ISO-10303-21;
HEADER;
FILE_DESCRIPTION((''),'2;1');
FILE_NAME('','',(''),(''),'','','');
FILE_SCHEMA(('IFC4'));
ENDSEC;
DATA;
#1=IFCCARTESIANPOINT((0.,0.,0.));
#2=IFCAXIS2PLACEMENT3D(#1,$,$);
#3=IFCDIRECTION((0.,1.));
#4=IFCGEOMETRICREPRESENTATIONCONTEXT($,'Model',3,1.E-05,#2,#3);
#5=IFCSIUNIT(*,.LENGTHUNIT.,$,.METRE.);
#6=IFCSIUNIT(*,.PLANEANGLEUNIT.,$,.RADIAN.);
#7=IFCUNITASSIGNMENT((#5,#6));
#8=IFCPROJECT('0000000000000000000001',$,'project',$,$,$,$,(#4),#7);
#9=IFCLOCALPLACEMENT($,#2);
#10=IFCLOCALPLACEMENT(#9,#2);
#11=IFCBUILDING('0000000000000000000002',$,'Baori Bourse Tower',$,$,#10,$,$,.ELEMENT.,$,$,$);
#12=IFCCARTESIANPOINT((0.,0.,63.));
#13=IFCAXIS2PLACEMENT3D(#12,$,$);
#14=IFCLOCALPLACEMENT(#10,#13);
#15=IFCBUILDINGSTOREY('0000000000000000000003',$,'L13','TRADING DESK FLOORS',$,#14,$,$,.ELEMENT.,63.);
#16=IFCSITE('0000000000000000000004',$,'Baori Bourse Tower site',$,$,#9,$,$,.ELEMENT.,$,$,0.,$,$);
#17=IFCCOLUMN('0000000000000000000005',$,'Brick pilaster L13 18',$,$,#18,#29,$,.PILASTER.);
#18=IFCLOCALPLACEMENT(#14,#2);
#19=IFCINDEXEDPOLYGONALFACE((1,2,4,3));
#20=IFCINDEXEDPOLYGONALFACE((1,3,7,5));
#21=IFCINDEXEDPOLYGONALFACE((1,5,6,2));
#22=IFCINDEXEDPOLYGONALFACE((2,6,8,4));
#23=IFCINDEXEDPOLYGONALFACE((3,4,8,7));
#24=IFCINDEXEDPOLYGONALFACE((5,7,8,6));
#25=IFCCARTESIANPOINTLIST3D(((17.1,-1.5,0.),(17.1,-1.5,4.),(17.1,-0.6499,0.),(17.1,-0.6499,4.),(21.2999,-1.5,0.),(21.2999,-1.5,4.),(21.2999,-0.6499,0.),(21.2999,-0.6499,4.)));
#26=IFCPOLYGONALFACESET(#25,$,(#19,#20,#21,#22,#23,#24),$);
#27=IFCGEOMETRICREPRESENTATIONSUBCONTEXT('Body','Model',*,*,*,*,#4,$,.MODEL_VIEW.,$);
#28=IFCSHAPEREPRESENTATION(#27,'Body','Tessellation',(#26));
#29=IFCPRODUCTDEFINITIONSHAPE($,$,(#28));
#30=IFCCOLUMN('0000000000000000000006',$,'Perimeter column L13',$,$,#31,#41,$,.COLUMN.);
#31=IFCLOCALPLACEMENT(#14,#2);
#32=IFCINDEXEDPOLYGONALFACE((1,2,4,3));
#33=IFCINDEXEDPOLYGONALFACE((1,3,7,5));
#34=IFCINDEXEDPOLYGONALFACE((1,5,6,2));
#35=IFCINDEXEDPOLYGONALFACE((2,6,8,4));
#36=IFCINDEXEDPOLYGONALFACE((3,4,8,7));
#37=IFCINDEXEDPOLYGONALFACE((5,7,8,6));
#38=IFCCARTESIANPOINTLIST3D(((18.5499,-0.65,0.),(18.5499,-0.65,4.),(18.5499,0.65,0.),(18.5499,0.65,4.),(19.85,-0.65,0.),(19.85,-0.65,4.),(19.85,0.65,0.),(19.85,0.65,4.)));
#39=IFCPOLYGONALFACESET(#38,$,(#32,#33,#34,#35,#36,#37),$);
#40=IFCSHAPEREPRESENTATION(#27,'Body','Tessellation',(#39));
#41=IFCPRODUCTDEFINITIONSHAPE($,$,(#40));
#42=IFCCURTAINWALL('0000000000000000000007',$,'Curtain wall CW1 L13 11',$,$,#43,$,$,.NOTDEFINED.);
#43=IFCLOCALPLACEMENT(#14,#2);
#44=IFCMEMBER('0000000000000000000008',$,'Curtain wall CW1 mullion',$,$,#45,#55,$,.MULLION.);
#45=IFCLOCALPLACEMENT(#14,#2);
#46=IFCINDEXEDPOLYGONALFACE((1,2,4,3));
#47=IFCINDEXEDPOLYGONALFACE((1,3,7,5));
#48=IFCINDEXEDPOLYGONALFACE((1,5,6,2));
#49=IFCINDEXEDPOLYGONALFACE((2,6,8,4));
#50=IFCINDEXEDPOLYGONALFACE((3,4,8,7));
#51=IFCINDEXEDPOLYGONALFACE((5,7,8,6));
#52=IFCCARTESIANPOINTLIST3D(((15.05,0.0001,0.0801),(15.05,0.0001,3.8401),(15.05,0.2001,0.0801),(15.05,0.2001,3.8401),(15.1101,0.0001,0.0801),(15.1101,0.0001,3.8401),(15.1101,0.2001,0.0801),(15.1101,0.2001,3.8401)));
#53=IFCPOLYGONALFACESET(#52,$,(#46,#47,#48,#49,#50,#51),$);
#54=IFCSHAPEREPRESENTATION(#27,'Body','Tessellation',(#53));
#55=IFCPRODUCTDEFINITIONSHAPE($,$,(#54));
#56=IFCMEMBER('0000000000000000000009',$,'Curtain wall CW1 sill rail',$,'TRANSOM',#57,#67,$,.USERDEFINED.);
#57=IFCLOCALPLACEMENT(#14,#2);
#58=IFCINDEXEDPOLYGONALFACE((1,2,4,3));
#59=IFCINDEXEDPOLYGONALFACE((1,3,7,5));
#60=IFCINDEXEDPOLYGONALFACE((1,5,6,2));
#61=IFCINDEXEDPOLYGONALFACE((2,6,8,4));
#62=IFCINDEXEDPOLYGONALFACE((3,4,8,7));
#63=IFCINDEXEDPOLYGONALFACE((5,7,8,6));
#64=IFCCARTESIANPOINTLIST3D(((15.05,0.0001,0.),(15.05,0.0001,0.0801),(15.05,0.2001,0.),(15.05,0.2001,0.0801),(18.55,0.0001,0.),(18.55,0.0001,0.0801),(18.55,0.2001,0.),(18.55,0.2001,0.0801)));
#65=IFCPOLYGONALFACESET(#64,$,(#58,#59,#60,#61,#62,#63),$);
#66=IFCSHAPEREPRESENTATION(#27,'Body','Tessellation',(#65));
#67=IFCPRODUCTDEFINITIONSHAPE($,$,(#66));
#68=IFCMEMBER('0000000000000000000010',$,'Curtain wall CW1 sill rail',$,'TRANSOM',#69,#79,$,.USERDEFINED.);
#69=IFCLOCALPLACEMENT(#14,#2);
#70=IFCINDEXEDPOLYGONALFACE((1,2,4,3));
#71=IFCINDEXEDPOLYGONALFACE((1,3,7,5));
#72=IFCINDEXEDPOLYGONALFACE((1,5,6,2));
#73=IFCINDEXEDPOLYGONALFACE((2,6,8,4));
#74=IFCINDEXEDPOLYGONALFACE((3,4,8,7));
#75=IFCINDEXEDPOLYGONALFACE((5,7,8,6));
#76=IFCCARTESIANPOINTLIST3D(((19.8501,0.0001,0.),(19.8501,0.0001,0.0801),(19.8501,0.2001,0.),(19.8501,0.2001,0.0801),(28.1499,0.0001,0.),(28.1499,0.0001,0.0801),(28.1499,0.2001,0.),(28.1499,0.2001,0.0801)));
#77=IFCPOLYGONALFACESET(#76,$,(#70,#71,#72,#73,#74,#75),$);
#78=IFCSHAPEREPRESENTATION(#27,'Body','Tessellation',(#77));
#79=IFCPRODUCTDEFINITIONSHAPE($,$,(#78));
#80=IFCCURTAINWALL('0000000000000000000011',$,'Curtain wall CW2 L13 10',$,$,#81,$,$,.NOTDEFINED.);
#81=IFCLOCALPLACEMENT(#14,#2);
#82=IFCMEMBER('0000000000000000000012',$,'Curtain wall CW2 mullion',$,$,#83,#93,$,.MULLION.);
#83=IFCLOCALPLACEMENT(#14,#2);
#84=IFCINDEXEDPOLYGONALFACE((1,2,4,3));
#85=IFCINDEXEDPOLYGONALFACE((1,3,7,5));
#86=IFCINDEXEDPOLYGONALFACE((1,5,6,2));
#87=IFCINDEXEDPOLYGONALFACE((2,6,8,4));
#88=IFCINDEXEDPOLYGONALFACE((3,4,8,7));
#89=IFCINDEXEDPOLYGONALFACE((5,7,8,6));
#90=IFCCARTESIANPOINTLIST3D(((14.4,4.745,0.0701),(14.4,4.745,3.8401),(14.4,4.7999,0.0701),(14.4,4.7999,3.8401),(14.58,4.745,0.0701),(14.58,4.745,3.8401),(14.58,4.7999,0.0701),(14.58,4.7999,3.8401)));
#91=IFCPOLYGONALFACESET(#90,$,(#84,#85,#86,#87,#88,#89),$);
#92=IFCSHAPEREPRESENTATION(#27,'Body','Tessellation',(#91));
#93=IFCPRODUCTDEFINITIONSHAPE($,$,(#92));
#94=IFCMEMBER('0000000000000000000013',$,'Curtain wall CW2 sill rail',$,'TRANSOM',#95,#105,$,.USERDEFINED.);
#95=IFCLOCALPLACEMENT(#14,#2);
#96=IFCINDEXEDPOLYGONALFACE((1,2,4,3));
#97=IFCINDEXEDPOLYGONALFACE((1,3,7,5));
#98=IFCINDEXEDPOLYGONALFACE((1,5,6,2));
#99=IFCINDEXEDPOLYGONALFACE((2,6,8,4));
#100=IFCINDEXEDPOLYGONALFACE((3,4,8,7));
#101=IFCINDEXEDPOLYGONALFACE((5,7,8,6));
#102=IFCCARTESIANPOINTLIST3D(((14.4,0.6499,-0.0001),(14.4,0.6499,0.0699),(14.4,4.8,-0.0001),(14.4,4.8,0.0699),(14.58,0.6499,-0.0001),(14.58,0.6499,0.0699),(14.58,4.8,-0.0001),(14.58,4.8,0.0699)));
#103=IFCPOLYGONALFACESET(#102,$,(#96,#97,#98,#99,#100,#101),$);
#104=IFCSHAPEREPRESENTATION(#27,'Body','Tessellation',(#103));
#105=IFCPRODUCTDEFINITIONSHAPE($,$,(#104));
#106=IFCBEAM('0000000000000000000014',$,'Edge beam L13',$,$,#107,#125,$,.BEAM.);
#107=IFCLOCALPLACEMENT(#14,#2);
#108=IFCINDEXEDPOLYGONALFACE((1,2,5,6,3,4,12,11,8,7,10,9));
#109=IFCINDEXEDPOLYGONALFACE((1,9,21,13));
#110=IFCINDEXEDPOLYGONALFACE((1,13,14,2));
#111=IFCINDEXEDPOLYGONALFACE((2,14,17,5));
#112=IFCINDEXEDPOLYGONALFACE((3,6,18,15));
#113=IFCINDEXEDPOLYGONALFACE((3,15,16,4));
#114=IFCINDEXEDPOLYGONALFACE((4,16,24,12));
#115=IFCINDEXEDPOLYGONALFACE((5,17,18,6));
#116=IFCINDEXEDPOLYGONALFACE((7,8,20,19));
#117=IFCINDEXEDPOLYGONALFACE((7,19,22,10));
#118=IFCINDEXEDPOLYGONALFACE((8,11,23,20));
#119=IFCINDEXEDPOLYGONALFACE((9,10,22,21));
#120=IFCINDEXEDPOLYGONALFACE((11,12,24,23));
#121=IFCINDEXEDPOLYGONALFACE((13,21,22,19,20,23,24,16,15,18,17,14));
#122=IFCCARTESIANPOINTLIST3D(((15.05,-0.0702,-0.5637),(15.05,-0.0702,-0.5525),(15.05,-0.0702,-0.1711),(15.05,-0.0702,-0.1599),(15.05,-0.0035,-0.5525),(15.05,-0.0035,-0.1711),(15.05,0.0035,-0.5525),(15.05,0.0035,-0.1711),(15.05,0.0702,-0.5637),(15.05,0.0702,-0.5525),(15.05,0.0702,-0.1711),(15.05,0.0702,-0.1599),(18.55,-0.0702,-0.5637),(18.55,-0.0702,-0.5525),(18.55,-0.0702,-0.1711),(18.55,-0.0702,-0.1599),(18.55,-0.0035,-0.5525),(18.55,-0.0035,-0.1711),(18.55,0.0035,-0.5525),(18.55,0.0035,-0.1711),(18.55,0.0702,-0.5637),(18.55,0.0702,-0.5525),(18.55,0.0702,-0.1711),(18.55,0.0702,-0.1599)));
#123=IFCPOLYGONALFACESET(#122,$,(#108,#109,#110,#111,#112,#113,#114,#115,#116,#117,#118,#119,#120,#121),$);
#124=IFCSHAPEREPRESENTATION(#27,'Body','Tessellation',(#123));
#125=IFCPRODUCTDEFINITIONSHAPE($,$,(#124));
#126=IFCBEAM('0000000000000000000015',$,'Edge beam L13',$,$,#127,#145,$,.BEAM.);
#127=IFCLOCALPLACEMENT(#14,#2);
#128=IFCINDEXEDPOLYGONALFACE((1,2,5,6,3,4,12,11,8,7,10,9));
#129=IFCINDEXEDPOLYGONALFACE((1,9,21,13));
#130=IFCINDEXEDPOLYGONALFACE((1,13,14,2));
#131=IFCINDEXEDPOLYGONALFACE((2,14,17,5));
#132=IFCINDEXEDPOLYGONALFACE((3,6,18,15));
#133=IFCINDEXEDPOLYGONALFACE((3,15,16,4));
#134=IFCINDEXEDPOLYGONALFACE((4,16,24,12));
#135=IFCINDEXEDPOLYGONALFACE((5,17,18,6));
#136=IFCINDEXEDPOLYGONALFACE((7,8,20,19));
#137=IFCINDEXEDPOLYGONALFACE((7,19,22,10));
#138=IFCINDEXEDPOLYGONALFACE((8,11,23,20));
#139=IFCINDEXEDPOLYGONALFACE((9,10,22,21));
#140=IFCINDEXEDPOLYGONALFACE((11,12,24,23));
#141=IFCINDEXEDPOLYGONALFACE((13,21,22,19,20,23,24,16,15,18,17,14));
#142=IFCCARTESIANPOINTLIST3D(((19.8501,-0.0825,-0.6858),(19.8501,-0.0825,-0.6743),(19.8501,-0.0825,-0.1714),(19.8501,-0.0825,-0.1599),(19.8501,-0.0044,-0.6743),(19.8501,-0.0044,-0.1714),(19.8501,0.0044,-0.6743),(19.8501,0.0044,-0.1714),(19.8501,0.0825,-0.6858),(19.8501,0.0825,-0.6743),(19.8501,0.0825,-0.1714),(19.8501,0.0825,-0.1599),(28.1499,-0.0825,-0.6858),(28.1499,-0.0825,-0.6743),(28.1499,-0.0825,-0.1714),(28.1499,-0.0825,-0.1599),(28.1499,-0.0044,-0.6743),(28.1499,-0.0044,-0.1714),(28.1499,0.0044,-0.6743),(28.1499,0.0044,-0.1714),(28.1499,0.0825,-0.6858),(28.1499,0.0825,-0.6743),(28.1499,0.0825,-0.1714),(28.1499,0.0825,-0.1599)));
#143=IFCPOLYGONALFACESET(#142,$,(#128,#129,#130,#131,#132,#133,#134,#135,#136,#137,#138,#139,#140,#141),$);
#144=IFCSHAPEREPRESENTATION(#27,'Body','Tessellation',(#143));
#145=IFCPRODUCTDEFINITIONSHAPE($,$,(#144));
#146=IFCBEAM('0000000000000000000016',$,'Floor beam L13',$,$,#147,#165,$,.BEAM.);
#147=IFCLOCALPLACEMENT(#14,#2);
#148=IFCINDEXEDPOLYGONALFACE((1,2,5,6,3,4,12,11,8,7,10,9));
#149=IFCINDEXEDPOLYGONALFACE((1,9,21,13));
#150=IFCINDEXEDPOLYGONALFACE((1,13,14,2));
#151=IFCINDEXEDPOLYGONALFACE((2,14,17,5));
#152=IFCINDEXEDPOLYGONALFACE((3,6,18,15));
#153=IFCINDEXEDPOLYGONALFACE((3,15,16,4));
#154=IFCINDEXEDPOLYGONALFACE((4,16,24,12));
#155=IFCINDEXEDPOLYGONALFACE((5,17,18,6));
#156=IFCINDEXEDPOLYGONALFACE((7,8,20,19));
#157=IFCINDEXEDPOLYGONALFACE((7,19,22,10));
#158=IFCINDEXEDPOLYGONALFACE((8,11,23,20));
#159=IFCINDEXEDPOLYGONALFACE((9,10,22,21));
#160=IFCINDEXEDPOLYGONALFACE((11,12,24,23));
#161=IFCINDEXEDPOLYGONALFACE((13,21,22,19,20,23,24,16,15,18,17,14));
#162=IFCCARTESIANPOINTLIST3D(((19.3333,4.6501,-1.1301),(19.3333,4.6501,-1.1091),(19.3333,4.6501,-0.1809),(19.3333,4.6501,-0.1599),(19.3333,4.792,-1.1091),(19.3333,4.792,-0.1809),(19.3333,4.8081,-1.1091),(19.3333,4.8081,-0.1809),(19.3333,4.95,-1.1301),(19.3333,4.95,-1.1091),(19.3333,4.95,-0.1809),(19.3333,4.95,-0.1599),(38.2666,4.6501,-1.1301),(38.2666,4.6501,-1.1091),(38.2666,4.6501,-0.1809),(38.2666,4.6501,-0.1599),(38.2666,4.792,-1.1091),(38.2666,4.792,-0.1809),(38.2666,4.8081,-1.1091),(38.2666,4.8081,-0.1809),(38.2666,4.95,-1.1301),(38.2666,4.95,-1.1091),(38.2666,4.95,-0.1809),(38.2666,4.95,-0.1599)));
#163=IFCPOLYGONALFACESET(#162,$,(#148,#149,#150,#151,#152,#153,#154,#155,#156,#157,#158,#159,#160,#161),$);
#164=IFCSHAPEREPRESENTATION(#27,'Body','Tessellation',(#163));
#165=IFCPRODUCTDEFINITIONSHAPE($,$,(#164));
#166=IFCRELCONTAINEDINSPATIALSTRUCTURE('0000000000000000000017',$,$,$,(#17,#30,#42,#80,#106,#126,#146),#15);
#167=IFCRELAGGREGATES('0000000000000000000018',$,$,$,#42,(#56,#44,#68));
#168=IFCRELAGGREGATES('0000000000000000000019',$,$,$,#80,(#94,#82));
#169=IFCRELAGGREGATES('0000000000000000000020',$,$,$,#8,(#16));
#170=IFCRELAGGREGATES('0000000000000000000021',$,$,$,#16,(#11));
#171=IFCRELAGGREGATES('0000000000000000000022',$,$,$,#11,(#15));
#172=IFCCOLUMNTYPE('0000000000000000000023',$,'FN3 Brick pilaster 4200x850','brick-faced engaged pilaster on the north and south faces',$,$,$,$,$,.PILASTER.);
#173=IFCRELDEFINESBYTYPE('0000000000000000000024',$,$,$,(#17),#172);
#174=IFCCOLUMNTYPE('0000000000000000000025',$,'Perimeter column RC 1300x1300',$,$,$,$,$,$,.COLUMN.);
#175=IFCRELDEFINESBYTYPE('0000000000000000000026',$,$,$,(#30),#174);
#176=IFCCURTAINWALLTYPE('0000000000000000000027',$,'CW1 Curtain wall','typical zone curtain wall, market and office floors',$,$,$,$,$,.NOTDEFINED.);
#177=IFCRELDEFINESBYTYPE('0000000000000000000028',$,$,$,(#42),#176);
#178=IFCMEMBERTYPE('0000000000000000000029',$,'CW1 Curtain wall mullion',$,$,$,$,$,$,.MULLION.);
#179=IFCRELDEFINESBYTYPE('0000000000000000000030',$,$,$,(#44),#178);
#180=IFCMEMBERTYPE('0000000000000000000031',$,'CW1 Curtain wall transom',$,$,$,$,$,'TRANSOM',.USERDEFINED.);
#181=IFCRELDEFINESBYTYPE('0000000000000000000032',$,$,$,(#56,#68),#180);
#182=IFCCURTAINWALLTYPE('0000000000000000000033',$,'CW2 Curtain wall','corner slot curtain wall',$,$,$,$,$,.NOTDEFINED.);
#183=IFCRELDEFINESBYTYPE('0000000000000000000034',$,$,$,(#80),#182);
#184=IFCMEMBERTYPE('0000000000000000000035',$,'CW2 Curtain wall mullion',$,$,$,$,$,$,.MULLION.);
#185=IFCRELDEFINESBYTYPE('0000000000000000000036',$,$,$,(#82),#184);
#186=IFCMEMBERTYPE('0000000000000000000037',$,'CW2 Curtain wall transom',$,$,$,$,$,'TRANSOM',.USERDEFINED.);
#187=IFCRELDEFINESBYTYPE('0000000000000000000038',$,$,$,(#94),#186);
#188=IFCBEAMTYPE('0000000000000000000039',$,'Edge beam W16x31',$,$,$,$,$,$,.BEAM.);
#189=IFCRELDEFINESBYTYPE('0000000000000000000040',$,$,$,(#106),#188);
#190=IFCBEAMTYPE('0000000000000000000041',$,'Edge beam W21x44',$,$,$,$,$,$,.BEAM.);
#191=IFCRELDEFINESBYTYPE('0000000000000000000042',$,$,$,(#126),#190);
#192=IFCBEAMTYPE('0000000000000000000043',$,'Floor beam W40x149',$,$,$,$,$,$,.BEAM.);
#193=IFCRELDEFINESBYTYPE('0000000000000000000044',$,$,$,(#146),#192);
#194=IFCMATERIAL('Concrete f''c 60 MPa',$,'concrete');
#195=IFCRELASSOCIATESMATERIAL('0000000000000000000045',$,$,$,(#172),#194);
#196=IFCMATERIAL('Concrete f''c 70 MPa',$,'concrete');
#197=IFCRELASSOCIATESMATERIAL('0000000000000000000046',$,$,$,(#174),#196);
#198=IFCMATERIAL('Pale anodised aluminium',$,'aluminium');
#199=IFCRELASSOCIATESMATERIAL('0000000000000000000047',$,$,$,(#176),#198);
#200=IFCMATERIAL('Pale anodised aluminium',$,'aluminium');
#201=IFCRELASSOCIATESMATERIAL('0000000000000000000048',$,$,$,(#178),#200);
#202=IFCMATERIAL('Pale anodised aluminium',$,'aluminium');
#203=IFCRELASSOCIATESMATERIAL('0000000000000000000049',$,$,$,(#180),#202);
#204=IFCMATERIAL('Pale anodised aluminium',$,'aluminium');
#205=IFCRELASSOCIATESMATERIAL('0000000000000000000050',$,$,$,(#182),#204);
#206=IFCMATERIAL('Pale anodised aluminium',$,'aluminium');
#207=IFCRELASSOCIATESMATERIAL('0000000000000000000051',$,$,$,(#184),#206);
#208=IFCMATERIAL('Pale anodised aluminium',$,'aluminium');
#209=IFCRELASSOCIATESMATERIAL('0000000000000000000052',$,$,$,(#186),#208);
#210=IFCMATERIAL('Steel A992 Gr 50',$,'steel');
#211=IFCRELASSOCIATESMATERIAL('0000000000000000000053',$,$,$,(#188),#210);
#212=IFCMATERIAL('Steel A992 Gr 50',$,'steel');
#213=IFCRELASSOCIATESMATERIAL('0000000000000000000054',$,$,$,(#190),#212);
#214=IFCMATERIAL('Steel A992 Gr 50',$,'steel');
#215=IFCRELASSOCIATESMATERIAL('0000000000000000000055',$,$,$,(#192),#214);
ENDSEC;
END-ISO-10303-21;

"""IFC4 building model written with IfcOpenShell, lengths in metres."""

from ifc_helpers import new_model, si_unit, direction, frame, origin, origin_2d, place, context, subcontext, project, spatial, rectangle, i_section, extrude, material, material_profile, profile_set, type_object, element, aggregate, save


model = new_model("IFC4")

# Units and contexts
model_context = context("Model", 3, precision=1e-05, world=origin(), true_north=direction((0.0, 1.0)))
body_context = subcontext(model_context, "Body", "Model", "MODEL_VIEW")
ifc_project = project(units=[si_unit("LENGTHUNIT", "METRE"), si_unit("PLANEANGLEUNIT", "RADIAN")], contexts=[model_context])

# Site, building, storey
site_placement = place(None, origin())
site = spatial("IfcSite", under=ifc_project, at=site_placement, Name="Baori Bourse Tower site", CompositionType="ELEMENT", RefElevation=0.0)
building_placement = place(site_placement, origin())
building = spatial("IfcBuilding", under=site, at=building_placement, Name="Baori Bourse Tower", CompositionType="ELEMENT")
storey_placement = place(building_placement, frame((0.0, 0.0, 63.0)))
storey = spatial("IfcBuildingStorey", under=building, at=storey_placement, Name="L13", Description="TRADING DESK FLOORS", CompositionType="ELEMENT", Elevation=63.0)

# Columns
ifc_material_1 = material(Name="Concrete f'c 60 MPa", Category="concrete")
ifc_material_profile_1 = material_profile(ifc_material_1, rectangle(XDim=4.2, YDim=0.8501, at=origin_2d()), Name="RC 4200x850")
ifc_profile_set_1 = profile_set([ifc_material_profile_1], Name="Concrete f'c 60 MPa")
column_type_1 = type_object("IfcColumnType", Name="FN3 Brick pilaster 4200x850", Description="brick-faced engaged pilaster on the north and south faces", PredefinedType="PILASTER", material=ifc_profile_set_1)
column_1_placement = place(storey_placement, frame((19.2, -1.075, 0.0), z_axis=(0.0, 0.0, 1.0), x_axis=(1.0, 0.0, 0.0)))
element("IfcColumn", 1, at=column_1_placement, inside=storey, type_object=column_type_1, Name="Brick pilaster L13 18", PredefinedType="PILASTER", context=body_context, shape_type="SweptSolid", body=[
    extrude(rectangle(XDim=4.2, YDim=0.8501, at=origin_2d()), origin(), (0.0, 0.0, 1.0), 4.0),
])
ifc_material_2 = material(Name="Concrete f'c 70 MPa", Category="concrete")
ifc_material_profile_2 = material_profile(ifc_material_2, rectangle(XDim=1.3, YDim=1.3, at=origin_2d()), Name="RC 1300x1300")
ifc_profile_set_2 = profile_set([ifc_material_profile_2], Name="Concrete f'c 70 MPa")
column_type_2 = type_object("IfcColumnType", Name="Perimeter column RC 1300x1300", PredefinedType="COLUMN", material=ifc_profile_set_2)
column_2_placement = place(storey_placement, frame((19.2, 0.0, 0.0), z_axis=(0.0, 0.0, 1.0), x_axis=(1.0, 0.0, 0.0)))
element("IfcColumn", 2, at=column_2_placement, inside=storey, type_object=column_type_2, Name="Perimeter column L13", PredefinedType="COLUMN", context=body_context, shape_type="SweptSolid", body=[
    extrude(rectangle(XDim=1.3, YDim=1.3, at=origin_2d()), origin(), (0.0, 0.0, 1.0), 4.0),
])

# Curtain walls, members
ifc_material_3 = material(Name="Pale anodised aluminium", Category="aluminium")
curtain_wall_type_1 = type_object("IfcCurtainWallType", Name="CW1 Curtain wall", Description="typical zone curtain wall, market and office floors", PredefinedType="NOTDEFINED", material=ifc_material_3)
curtain_wall_1_placement = place(storey_placement, origin())
curtain_wall_1 = element("IfcCurtainWall", 3, at=curtain_wall_1_placement, inside=storey, type_object=curtain_wall_type_1, Name="Curtain wall CW1 L13 11", PredefinedType="NOTDEFINED")
ifc_material_4 = material(Name="Pale anodised aluminium", Category="aluminium")
ifc_material_profile_3 = material_profile(ifc_material_4, rectangle(XDim=0.2, YDim=0.0601, at=origin_2d()), Name="Mullion 60x200")
ifc_profile_set_3 = profile_set([ifc_material_profile_3], Name="Pale anodised aluminium")
member_type_1 = type_object("IfcMemberType", Name="CW1 Curtain wall mullion", PredefinedType="MULLION", material=ifc_profile_set_3)
member_1_placement = place(storey_placement, frame((15.0801, 0.1001, 0.0801), z_axis=(0.0, 0.0, 1.0), x_axis=(0.0, 1.0, 0.0)))
member_1 = element("IfcMember", 4, at=member_1_placement, type_object=member_type_1, Name="Curtain wall CW1 mullion", PredefinedType="MULLION", context=body_context, shape_type="SweptSolid", body=[
    extrude(rectangle(XDim=0.2, YDim=0.0601, at=origin_2d()), origin(), (0.0, 0.0, 1.0), 3.76),
])
ifc_material_5 = material(Name="Pale anodised aluminium", Category="aluminium")
ifc_material_profile_4 = material_profile(ifc_material_5, rectangle(XDim=0.2, YDim=0.0801, at=origin_2d()), Name="Transom 80x200")
ifc_profile_set_4 = profile_set([ifc_material_profile_4], Name="Pale anodised aluminium")
member_type_2 = type_object("IfcMemberType", Name="CW1 Curtain wall transom", ElementType="TRANSOM", PredefinedType="USERDEFINED", material=ifc_profile_set_4)
member_2_placement = place(storey_placement, frame((15.05, 0.1001, 0.04), z_axis=(1.0, 0.0, 0.0), x_axis=(0.0, 1.0, 0.0)))
member_2 = element("IfcMember", 5, at=member_2_placement, type_object=member_type_2, Name="Curtain wall CW1 sill rail", ObjectType="TRANSOM", PredefinedType="USERDEFINED", context=body_context, shape_type="SweptSolid", body=[
    extrude(rectangle(XDim=0.2, YDim=0.0801, at=origin_2d()), origin(), (0.0, 0.0, 1.0), 3.5),
])
member_3_placement = place(storey_placement, frame((19.8501, 0.1001, 0.04), z_axis=(1.0, 0.0, 0.0), x_axis=(0.0, 1.0, 0.0)))
member_3 = element("IfcMember", 6, at=member_3_placement, type_object=member_type_2, Name="Curtain wall CW1 sill rail", ObjectType="TRANSOM", PredefinedType="USERDEFINED", context=body_context, shape_type="SweptSolid", body=[
    extrude(rectangle(XDim=0.2, YDim=0.0801, at=origin_2d()), origin(), (0.0, 0.0, 1.0), 8.2998),
])
ifc_material_6 = material(Name="Pale anodised aluminium", Category="aluminium")
curtain_wall_type_2 = type_object("IfcCurtainWallType", Name="CW2 Curtain wall", Description="corner slot curtain wall", PredefinedType="NOTDEFINED", material=ifc_material_6)
curtain_wall_2_placement = place(storey_placement, origin())
curtain_wall_2 = element("IfcCurtainWall", 7, at=curtain_wall_2_placement, inside=storey, type_object=curtain_wall_type_2, Name="Curtain wall CW2 L13 10", PredefinedType="NOTDEFINED")
ifc_material_7 = material(Name="Pale anodised aluminium", Category="aluminium")
ifc_material_profile_5 = material_profile(ifc_material_7, rectangle(XDim=0.1799, YDim=0.0549, at=origin_2d()), Name="Mullion 55x180")
ifc_profile_set_5 = profile_set([ifc_material_profile_5], Name="Pale anodised aluminium")
member_type_3 = type_object("IfcMemberType", Name="CW2 Curtain wall mullion", PredefinedType="MULLION", material=ifc_profile_set_5)
member_4_placement = place(storey_placement, frame((14.49, 4.7725, 0.0701), z_axis=(0.0, 0.0, 1.0), x_axis=(1.0, 0.0, 0.0)))
member_4 = element("IfcMember", 8, at=member_4_placement, type_object=member_type_3, Name="Curtain wall CW2 mullion", PredefinedType="MULLION", context=body_context, shape_type="SweptSolid", body=[
    extrude(rectangle(XDim=0.1799, YDim=0.0549, at=origin_2d()), origin(), (0.0, 0.0, 1.0), 3.77),
])
ifc_material_8 = material(Name="Pale anodised aluminium", Category="aluminium")
ifc_material_profile_6 = material_profile(ifc_material_8, rectangle(XDim=0.1799, YDim=0.0701, at=origin_2d()), Name="Transom 70x180")
ifc_profile_set_6 = profile_set([ifc_material_profile_6], Name="Pale anodised aluminium")
member_type_4 = type_object("IfcMemberType", Name="CW2 Curtain wall transom", ElementType="TRANSOM", PredefinedType="USERDEFINED", material=ifc_profile_set_6)
member_5_placement = place(storey_placement, frame((14.49, 4.8, 0.0349), z_axis=(0.0, -1.0, 0.0), x_axis=(1.0, 0.0, 0.0)))
member_5 = element("IfcMember", 9, at=member_5_placement, type_object=member_type_4, Name="Curtain wall CW2 sill rail", ObjectType="TRANSOM", PredefinedType="USERDEFINED", context=body_context, shape_type="SweptSolid", body=[
    extrude(rectangle(XDim=0.1799, YDim=0.0701, at=origin_2d()), origin(), (0.0, 0.0, 1.0), 4.1501),
])

# Beams
ifc_material_9 = material(Name="Steel A992 Gr 50", Category="steel")
ifc_material_profile_7 = material_profile(ifc_material_9, i_section(OverallWidth=0.1404, OverallDepth=0.4038, WebThickness=0.0071, FlangeThickness=0.0112, at=origin_2d()), Name="W16x31")
ifc_profile_set_7 = profile_set([ifc_material_profile_7], Name="Steel A992 Gr 50")
beam_type_1 = type_object("IfcBeamType", Name="Edge beam W16x31", PredefinedType="BEAM", material=ifc_profile_set_7)
beam_1_placement = place(storey_placement, frame((15.05, 0.0, -0.3618), z_axis=(1.0, 0.0, 0.0), x_axis=(0.0, 1.0, 0.0)))
element("IfcBeam", 10, at=beam_1_placement, inside=storey, type_object=beam_type_1, Name="Edge beam L13", PredefinedType="BEAM", context=body_context, shape_type="SweptSolid", body=[
    extrude(i_section(OverallWidth=0.1404, OverallDepth=0.4038, WebThickness=0.0071, FlangeThickness=0.0112, at=origin_2d()), origin(), (0.0, 0.0, 1.0), 3.5),
])
ifc_material_10 = material(Name="Steel A992 Gr 50", Category="steel")
ifc_material_profile_8 = material_profile(ifc_material_10, i_section(OverallWidth=0.165, OverallDepth=0.5259, WebThickness=0.0088, FlangeThickness=0.0115, at=origin_2d()), Name="W21x44")
ifc_profile_set_8 = profile_set([ifc_material_profile_8], Name="Steel A992 Gr 50")
beam_type_2 = type_object("IfcBeamType", Name="Edge beam W21x44", PredefinedType="BEAM", material=ifc_profile_set_8)
beam_2_placement = place(storey_placement, frame((19.8501, 0.0, -0.4229), z_axis=(1.0, 0.0, 0.0), x_axis=(0.0, 1.0, 0.0)))
element("IfcBeam", 11, at=beam_2_placement, inside=storey, type_object=beam_type_2, Name="Edge beam L13", PredefinedType="BEAM", context=body_context, shape_type="SweptSolid", body=[
    extrude(i_section(OverallWidth=0.165, OverallDepth=0.5259, WebThickness=0.0088, FlangeThickness=0.0115, at=origin_2d()), origin(), (0.0, 0.0, 1.0), 8.2998),
])
ifc_material_11 = material(Name="Steel A992 Gr 50", Category="steel")
ifc_material_profile_9 = material_profile(ifc_material_11, i_section(OverallWidth=0.2998, OverallDepth=0.9702, WebThickness=0.0161, FlangeThickness=0.021, at=origin_2d()), Name="W40x149")
ifc_profile_set_9 = profile_set([ifc_material_profile_9], Name="Steel A992 Gr 50")
beam_type_3 = type_object("IfcBeamType", Name="Floor beam W40x149", PredefinedType="BEAM", material=ifc_profile_set_9)
beam_3_placement = place(storey_placement, frame((19.3333, 4.8, -0.645), z_axis=(1.0, 0.0, 0.0), x_axis=(0.0, 1.0, 0.0)))
element("IfcBeam", 12, at=beam_3_placement, inside=storey, type_object=beam_type_3, Name="Floor beam L13", PredefinedType="BEAM", context=body_context, shape_type="SweptSolid", body=[
    extrude(i_section(OverallWidth=0.2998, OverallDepth=0.9702, WebThickness=0.0161, FlangeThickness=0.021, at=origin_2d()), origin(), (0.0, 0.0, 1.0), 18.9333),
])

aggregate(curtain_wall_1, [member_2, member_1, member_3])
aggregate(curtain_wall_2, [member_5, member_4])

save(model, "model.ifc")
